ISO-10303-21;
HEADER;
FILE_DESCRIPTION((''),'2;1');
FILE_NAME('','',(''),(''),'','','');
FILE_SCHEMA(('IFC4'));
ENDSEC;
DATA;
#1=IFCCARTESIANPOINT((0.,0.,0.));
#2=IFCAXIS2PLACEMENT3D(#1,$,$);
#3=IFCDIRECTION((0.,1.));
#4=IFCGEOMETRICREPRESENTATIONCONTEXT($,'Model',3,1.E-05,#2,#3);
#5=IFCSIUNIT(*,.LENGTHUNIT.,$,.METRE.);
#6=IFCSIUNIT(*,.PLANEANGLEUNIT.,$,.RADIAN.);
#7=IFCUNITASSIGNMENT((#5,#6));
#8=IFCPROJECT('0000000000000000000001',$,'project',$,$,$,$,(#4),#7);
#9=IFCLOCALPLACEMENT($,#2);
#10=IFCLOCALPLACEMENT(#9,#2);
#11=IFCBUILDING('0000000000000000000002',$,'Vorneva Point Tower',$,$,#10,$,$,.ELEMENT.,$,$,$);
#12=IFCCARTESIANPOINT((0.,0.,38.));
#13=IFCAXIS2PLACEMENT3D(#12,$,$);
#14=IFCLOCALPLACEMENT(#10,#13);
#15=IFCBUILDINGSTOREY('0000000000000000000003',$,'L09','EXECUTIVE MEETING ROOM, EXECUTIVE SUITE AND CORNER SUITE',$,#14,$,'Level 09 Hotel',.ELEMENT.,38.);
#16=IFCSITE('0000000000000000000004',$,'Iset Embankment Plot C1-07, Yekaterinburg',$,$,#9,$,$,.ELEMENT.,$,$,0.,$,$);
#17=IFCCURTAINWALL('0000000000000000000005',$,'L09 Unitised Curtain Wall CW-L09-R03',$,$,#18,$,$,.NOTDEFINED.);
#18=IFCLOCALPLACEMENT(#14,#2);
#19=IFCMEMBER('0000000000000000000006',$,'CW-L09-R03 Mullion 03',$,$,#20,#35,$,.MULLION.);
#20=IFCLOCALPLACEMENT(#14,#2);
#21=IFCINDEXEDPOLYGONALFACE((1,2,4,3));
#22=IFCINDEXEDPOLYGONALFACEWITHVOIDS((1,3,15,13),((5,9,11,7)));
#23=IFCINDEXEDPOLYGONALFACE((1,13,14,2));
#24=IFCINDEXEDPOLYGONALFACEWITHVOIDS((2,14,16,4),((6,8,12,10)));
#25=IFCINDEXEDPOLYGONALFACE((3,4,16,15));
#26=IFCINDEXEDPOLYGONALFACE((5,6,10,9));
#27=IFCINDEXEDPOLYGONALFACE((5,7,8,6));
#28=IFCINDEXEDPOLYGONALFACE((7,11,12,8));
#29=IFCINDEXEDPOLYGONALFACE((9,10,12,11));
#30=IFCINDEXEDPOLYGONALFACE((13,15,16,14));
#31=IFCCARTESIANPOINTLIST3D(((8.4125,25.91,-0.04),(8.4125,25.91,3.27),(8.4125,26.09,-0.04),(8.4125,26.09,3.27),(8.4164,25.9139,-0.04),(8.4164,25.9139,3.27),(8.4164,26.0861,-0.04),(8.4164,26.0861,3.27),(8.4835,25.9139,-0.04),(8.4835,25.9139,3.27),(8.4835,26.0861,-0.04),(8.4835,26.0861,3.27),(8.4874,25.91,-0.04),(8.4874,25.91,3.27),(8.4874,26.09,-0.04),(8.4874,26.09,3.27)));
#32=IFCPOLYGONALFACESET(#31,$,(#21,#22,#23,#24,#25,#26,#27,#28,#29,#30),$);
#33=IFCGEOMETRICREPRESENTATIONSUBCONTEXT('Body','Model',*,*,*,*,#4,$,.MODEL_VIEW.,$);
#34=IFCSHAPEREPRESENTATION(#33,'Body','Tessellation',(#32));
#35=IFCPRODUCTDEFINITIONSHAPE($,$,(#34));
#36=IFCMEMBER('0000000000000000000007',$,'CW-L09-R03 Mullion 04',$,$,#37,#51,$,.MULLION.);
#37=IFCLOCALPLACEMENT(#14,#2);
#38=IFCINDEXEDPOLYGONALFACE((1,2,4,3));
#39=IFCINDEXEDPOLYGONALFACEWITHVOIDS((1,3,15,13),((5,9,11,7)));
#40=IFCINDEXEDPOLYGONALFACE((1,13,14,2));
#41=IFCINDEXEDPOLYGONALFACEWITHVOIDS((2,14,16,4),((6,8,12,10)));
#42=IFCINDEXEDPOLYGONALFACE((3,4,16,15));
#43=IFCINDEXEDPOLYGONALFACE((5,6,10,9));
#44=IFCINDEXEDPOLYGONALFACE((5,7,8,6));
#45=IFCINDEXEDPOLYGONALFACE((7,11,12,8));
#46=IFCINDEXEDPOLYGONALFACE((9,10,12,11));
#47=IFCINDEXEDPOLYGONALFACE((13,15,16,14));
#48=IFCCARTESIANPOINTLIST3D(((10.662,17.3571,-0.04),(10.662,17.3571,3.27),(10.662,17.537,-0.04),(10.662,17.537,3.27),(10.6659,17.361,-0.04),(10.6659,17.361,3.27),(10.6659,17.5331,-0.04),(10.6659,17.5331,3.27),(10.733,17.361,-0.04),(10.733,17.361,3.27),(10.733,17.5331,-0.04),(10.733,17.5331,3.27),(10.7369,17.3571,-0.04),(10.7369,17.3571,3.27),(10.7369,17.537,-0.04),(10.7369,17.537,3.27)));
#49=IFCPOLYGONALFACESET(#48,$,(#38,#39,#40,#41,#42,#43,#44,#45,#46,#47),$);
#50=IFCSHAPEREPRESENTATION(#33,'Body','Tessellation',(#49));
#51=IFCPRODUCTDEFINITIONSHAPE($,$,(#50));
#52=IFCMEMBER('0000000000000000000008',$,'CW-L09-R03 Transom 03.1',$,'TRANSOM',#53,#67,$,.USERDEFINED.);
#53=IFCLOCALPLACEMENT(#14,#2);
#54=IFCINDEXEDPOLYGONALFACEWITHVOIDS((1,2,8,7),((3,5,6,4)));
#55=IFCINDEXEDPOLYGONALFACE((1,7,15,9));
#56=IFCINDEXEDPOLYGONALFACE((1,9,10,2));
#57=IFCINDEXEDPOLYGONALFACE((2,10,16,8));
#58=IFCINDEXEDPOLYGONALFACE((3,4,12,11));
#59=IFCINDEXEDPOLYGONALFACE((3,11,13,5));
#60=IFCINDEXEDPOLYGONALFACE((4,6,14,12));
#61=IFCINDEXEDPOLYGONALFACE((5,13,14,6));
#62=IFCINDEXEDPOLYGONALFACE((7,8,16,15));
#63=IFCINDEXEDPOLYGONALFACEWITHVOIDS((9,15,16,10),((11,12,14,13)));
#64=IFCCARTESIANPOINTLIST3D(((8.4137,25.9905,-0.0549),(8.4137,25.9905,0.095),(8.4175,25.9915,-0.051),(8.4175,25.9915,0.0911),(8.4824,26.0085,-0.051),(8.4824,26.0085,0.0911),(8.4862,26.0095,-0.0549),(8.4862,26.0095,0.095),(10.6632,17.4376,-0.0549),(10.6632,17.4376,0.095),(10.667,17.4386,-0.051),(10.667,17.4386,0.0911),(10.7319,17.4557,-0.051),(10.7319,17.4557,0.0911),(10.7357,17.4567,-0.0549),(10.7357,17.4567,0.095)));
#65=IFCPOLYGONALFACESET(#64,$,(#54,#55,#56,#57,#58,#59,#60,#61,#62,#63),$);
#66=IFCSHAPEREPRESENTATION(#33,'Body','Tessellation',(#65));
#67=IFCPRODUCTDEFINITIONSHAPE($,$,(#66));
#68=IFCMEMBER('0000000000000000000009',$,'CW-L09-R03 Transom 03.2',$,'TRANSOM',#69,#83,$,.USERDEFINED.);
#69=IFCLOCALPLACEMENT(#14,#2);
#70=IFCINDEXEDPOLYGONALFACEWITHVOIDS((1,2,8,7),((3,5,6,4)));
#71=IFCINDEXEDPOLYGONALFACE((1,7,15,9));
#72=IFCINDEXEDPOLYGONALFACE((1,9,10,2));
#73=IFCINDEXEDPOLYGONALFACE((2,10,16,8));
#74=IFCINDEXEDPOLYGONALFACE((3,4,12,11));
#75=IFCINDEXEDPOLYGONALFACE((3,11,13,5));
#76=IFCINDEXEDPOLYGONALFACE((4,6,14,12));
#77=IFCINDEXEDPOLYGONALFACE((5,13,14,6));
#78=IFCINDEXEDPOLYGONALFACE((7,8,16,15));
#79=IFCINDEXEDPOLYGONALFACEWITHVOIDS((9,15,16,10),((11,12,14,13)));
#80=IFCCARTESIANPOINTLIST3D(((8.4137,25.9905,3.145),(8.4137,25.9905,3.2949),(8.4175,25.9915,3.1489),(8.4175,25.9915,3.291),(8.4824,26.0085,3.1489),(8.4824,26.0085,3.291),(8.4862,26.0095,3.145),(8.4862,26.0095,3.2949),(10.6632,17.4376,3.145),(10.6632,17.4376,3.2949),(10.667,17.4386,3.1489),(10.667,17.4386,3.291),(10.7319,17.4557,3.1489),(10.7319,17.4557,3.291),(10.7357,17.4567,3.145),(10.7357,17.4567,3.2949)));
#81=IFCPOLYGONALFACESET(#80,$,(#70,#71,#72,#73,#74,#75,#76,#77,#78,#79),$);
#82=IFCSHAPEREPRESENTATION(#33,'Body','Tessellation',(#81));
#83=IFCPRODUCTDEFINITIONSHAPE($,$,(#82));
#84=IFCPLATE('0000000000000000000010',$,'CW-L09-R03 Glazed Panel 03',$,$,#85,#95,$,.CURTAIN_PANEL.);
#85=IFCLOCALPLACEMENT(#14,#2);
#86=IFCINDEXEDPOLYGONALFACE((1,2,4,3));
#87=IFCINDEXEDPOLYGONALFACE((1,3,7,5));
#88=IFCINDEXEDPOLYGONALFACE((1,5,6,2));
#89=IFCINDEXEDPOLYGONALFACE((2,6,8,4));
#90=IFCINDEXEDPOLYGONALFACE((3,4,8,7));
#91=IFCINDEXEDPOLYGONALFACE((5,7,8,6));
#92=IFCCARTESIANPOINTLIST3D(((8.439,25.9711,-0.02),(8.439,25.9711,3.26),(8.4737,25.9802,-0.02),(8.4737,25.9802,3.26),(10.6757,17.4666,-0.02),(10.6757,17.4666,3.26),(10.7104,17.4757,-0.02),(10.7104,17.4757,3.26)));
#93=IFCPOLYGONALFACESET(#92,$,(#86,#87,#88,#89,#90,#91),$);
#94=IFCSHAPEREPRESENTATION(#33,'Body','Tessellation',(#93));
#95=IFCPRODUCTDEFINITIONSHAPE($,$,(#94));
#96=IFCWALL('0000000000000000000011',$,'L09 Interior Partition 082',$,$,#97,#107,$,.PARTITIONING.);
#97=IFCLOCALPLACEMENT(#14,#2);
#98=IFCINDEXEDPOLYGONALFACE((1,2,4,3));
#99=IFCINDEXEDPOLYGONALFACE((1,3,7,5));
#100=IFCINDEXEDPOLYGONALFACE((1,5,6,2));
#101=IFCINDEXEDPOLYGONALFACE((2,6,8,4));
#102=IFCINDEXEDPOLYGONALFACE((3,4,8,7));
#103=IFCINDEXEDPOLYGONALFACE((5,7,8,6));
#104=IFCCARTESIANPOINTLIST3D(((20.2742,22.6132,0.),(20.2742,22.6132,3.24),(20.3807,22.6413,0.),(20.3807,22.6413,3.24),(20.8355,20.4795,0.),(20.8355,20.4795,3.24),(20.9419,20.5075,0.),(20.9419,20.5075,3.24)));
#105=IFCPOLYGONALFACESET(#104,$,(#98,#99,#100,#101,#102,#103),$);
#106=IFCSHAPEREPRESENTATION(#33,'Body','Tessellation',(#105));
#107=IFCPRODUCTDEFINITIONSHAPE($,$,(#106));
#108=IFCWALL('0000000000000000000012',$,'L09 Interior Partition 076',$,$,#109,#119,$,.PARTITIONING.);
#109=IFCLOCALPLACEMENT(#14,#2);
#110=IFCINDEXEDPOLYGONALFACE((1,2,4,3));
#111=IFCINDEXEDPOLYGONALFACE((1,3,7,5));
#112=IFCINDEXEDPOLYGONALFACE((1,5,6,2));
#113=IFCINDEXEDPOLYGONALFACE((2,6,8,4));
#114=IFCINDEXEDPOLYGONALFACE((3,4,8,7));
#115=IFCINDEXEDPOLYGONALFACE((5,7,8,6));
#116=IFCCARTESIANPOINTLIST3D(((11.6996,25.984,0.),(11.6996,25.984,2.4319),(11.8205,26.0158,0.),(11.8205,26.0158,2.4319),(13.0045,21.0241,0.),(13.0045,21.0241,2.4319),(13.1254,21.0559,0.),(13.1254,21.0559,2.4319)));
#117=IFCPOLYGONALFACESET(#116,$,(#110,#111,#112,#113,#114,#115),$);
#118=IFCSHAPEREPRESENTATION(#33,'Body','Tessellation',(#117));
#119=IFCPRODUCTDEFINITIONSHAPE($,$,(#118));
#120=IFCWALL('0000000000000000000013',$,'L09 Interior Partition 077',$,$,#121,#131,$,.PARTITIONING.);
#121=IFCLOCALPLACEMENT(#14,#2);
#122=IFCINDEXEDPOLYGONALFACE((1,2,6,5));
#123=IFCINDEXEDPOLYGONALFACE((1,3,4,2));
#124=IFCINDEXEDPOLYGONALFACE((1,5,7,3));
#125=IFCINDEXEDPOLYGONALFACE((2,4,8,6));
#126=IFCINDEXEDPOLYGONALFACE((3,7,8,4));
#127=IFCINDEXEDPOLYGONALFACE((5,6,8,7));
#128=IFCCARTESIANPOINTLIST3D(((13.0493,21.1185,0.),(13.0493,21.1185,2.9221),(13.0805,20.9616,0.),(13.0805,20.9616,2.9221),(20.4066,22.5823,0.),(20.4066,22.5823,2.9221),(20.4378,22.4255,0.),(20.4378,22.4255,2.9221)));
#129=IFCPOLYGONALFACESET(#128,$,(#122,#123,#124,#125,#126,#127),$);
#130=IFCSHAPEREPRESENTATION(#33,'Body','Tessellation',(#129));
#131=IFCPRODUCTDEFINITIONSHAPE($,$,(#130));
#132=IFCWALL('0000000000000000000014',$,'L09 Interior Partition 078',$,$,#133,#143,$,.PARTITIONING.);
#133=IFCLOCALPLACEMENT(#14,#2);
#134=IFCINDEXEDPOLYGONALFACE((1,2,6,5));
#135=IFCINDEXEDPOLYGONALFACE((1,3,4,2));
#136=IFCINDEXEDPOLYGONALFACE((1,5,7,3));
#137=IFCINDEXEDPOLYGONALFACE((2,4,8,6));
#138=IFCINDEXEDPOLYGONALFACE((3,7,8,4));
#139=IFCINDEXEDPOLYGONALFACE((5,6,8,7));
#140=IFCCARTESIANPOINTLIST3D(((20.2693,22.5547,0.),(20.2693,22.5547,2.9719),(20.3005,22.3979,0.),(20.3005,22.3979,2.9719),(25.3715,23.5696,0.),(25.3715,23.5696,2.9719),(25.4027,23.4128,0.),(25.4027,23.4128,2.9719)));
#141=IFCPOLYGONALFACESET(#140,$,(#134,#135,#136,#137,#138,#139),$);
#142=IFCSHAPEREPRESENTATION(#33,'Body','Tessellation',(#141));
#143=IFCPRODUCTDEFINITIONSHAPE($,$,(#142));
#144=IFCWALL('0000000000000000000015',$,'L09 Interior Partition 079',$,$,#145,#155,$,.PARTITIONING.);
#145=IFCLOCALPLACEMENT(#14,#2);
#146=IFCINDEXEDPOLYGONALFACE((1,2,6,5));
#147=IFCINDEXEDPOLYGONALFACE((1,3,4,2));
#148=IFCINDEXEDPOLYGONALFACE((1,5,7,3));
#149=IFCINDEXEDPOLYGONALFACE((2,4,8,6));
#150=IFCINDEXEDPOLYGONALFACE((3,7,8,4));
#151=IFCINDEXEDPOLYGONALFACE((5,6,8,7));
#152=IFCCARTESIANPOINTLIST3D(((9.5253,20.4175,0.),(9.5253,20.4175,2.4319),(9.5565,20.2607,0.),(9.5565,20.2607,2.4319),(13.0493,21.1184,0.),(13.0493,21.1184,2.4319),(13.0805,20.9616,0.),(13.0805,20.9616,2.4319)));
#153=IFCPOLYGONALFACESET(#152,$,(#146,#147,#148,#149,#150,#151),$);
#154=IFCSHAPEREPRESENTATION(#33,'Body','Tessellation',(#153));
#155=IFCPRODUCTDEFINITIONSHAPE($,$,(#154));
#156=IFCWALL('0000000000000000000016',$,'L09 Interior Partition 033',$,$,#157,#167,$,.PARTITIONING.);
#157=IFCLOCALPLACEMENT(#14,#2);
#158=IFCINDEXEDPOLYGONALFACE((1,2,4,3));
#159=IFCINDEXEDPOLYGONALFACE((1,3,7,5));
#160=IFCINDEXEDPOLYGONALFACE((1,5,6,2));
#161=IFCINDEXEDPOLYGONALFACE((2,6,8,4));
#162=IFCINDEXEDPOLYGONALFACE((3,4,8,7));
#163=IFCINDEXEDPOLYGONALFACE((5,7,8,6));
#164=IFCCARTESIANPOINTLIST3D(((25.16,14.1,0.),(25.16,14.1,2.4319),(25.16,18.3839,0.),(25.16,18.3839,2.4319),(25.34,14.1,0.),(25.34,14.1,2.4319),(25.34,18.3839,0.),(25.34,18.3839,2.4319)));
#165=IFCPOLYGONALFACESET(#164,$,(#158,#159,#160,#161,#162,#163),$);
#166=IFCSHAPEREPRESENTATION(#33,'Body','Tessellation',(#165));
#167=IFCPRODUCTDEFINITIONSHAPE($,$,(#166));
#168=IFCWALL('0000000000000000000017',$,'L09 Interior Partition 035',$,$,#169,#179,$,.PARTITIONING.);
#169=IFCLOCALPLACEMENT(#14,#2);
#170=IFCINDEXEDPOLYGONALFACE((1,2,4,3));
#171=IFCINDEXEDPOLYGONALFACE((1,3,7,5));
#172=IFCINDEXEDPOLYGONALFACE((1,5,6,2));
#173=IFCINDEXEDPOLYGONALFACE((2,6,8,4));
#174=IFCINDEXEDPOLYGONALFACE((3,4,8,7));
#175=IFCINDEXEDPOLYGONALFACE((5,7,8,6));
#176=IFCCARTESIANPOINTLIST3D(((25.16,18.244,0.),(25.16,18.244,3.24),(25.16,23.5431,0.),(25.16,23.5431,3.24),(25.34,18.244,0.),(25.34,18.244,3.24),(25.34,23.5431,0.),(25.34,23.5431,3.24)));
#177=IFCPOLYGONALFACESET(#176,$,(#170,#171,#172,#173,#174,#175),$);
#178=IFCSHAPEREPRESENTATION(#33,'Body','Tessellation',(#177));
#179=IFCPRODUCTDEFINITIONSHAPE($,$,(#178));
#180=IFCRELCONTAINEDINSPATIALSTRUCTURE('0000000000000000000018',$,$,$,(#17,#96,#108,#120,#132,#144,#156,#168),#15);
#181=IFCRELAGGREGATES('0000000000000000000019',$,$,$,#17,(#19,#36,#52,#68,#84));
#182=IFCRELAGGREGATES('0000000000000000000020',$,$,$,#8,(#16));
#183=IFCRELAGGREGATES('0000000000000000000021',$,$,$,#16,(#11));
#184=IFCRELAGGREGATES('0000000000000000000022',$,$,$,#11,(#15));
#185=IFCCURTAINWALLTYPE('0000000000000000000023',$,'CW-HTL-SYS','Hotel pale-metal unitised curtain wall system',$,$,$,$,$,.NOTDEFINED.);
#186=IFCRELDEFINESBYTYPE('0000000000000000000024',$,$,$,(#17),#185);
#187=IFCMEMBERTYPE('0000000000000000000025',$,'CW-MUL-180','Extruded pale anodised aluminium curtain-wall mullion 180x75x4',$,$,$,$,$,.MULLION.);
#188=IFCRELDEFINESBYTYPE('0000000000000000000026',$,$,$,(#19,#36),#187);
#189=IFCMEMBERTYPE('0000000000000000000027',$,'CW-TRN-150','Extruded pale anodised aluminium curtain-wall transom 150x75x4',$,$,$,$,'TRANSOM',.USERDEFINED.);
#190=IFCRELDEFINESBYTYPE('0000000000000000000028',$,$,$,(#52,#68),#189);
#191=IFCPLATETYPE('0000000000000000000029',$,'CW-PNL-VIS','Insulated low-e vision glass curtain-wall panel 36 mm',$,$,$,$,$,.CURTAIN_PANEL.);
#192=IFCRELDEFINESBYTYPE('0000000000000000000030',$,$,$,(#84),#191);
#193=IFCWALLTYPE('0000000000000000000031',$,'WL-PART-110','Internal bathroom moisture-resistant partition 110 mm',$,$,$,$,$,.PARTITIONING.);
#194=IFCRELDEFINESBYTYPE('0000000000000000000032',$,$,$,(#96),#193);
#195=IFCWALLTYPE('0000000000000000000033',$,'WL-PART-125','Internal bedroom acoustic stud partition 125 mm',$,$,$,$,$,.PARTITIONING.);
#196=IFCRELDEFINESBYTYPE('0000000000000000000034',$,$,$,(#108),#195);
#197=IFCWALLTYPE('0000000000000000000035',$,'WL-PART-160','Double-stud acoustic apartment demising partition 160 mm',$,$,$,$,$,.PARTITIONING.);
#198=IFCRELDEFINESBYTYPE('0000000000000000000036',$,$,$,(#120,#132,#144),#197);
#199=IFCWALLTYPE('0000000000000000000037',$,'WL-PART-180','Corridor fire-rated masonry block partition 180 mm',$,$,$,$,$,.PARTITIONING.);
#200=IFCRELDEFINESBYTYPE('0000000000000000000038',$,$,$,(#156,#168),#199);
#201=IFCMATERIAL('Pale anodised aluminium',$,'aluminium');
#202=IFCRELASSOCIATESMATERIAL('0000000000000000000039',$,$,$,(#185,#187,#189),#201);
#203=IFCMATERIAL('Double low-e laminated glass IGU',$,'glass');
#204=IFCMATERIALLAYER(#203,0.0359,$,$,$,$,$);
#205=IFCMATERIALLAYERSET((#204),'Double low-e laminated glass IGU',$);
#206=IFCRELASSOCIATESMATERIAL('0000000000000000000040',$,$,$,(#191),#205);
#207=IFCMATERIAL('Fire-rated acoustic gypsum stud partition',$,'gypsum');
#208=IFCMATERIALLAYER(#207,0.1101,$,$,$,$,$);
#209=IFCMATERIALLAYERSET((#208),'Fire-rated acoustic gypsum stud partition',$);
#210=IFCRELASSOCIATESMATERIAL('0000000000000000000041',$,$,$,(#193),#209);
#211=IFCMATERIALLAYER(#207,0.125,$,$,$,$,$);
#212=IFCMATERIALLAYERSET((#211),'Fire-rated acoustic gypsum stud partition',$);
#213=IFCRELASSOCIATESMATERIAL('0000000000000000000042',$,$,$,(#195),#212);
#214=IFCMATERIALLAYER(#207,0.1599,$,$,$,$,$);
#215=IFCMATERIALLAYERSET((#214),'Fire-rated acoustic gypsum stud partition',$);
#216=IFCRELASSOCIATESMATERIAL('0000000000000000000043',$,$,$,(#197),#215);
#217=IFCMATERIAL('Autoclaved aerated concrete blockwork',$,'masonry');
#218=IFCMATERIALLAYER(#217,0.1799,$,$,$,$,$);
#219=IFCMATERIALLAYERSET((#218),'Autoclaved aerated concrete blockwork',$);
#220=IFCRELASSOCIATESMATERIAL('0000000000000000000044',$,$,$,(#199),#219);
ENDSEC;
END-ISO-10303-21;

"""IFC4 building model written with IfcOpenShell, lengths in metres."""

from ifc_helpers import new_model, si_unit, direction, frame, frame_2d, origin, origin_2d, place, context, subcontext, project, spatial, rectangle, hollow_rectangle, extrude, material, layer, layer_set, material_profile, profile_set, type_object, element, aggregate, save


model = new_model("IFC4")

# Units and contexts
model_context = context("Model", 3, precision=1e-05, world=origin(), true_north=direction((0.0, 1.0)))
body_context = subcontext(model_context, "Body", "Model", "MODEL_VIEW")
ifc_project = project(units=[si_unit("LENGTHUNIT", "METRE"), si_unit("PLANEANGLEUNIT", "RADIAN")], contexts=[model_context])

# Site, building, storey
site_placement = place(None, origin())
site = spatial("IfcSite", under=ifc_project, at=site_placement, Name="Iset Embankment Plot C1-07, Yekaterinburg", CompositionType="ELEMENT", RefElevation=0.0)
building_placement = place(site_placement, origin())
building = spatial("IfcBuilding", under=site, at=building_placement, Name="Vorneva Point Tower", CompositionType="ELEMENT")
storey_placement = place(building_placement, frame((0.0, 0.0, 38.0)))
storey = spatial("IfcBuildingStorey", under=building, at=storey_placement, Name="L09", Description="EXECUTIVE MEETING ROOM, EXECUTIVE SUITE AND CORNER SUITE", LongName="Level 09 Hotel", CompositionType="ELEMENT", Elevation=38.0)

# Curtain wall, members, plate
ifc_material_1 = material(Name="Pale anodised aluminium", Category="aluminium")
curtain_wall_type = type_object("IfcCurtainWallType", Name="CW-HTL-SYS", Description="Hotel pale-metal unitised curtain wall system", PredefinedType="NOTDEFINED", material=ifc_material_1)
curtain_wall_placement = place(storey_placement, origin())
curtain_wall = element("IfcCurtainWall", 1, at=curtain_wall_placement, inside=storey, type_object=curtain_wall_type, Name="L09 Unitised Curtain Wall CW-L09-R03", PredefinedType="NOTDEFINED")
ifc_material_profile_1 = material_profile(ifc_material_1, hollow_rectangle(XDim=0.075, YDim=0.1799, WallThickness=0.0039, at=origin_2d()), Name="AL-MUL 180x75x4")
ifc_profile_set_1 = profile_set([ifc_material_profile_1], Name="Pale anodised aluminium")
member_type_1 = type_object("IfcMemberType", Name="CW-MUL-180", Description="Extruded pale anodised aluminium curtain-wall mullion 180x75x4", PredefinedType="MULLION", material=ifc_profile_set_1)
member_1_placement = place(storey_placement, frame((8.45, 26.0, -0.04), z_axis=(0.0, 0.0, 1.0), x_axis=(1.0, 0.0, 0.0)))
member_1 = element("IfcMember", 2, at=member_1_placement, type_object=member_type_1, Name="CW-L09-R03 Mullion 03", PredefinedType="MULLION", context=body_context, shape_type="SweptSolid", body=[
    extrude(hollow_rectangle(XDim=0.075, YDim=0.1799, WallThickness=0.0039, at=origin_2d()), origin(), (0.0, 0.0, 1.0), 3.3101),
])
member_2_placement = place(storey_placement, frame((10.6995, 17.447, -0.04), z_axis=(0.0, 0.0, 1.0), x_axis=(1.0, 0.0, 0.0)))
member_2 = element("IfcMember", 3, at=member_2_placement, type_object=member_type_1, Name="CW-L09-R03 Mullion 04", PredefinedType="MULLION", context=body_context, shape_type="SweptSolid", body=[
    extrude(hollow_rectangle(XDim=0.075, YDim=0.1799, WallThickness=0.0039, at=origin_2d()), origin(), (0.0, 0.0, 1.0), 3.3101),
])
ifc_material_profile_2 = material_profile(ifc_material_1, hollow_rectangle(XDim=0.075, YDim=0.1499, WallThickness=0.0039, at=origin_2d()), Name="AL-TRN 150x75x4")
ifc_profile_set_2 = profile_set([ifc_material_profile_2], Name="Pale anodised aluminium")
member_type_2 = type_object("IfcMemberType", Name="CW-TRN-150", Description="Extruded pale anodised aluminium curtain-wall transom 150x75x4", ElementType="TRANSOM", PredefinedType="USERDEFINED", material=ifc_profile_set_2)
member_3_placement = place(storey_placement, frame((8.45, 26.0, 0.02), z_axis=(0.254359, -0.96711, 0.0), x_axis=(0.96711, 0.254359, 0.0)))
member_3 = element("IfcMember", 4, at=member_3_placement, type_object=member_type_2, Name="CW-L09-R03 Transom 03.1", ObjectType="TRANSOM", PredefinedType="USERDEFINED", context=body_context, shape_type="SweptSolid", body=[
    extrude(hollow_rectangle(XDim=0.075, YDim=0.1499, WallThickness=0.0039, at=origin_2d()), origin(), (0.0, 0.0, 1.0), 8.8438),
])
member_4_placement = place(storey_placement, frame((8.45, 26.0, 3.22), z_axis=(0.254359, -0.96711, 0.0), x_axis=(0.96711, 0.254359, 0.0)))
member_4 = element("IfcMember", 5, at=member_4_placement, type_object=member_type_2, Name="CW-L09-R03 Transom 03.2", ObjectType="TRANSOM", PredefinedType="USERDEFINED", context=body_context, shape_type="SweptSolid", body=[
    extrude(hollow_rectangle(XDim=0.075, YDim=0.1499, WallThickness=0.0039, at=origin_2d()), origin(), (0.0, 0.0, 1.0), 8.8438),
])
ifc_material_2 = material(Name="Double low-e laminated glass IGU", Category="glass")
ifc_layer_1 = layer(ifc_material_2, 0.0359)
ifc_layer_set_1 = layer_set([ifc_layer_1], Name="Double low-e laminated glass IGU")
plate_type = type_object("IfcPlateType", Name="CW-PNL-VIS", Description="Insulated low-e vision glass curtain-wall panel 36 mm", PredefinedType="CURTAIN_PANEL", material=ifc_layer_set_1)
plate_placement = place(storey_placement, frame((9.5747, 21.7234, -0.02), z_axis=(0.0, 0.0, 1.0), x_axis=(0.254349, -0.967113, 0.0)))
plate = element("IfcPlate", 6, at=plate_placement, type_object=plate_type, Name="CW-L09-R03 Glazed Panel 03", PredefinedType="CURTAIN_PANEL", context=body_context, shape_type="SweptSolid", body=[
    extrude(rectangle(XDim=8.7937, YDim=0.0359, at=origin_2d()), origin(), (0.0, 0.0, 1.0), 3.28),
])
aggregate(curtain_wall, [member_1, member_2, member_3, member_4, plate])

# Walls
ifc_material_3 = material(Name="Fire-rated acoustic gypsum stud partition", Category="gypsum")
ifc_layer_2 = layer(ifc_material_3, 0.1101)
ifc_layer_set_2 = layer_set([ifc_layer_2], Name="Fire-rated acoustic gypsum stud partition")
wall_type_1 = type_object("IfcWallType", Name="WL-PART-110", Description="Internal bathroom moisture-resistant partition 110 mm", PredefinedType="PARTITIONING", material=ifc_layer_set_2)
wall_1_placement = place(storey_placement, frame((20.8887, 20.4937, 0.0), z_axis=(0.0, 0.0, 1.0), x_axis=(-0.25439, 0.967102, 0.0)))
element("IfcWall", 7, at=wall_1_placement, inside=storey, type_object=wall_type_1, Name="L09 Interior Partition 082", PredefinedType="PARTITIONING", context=body_context, shape_type="SweptSolid", body=[
    extrude(rectangle(XDim=2.2063, YDim=0.1101, at=frame_2d((1.103, 0.0))), origin(), (0.0, 0.0, 1.0), 3.24),
])
ifc_layer_3 = layer(ifc_material_3, 0.125)
ifc_layer_set_3 = layer_set([ifc_layer_3], Name="Fire-rated acoustic gypsum stud partition")
wall_type_2 = type_object("IfcWallType", Name="WL-PART-125", Description="Internal bedroom acoustic stud partition 125 mm", PredefinedType="PARTITIONING", material=ifc_layer_set_3)
wall_2_placement = place(storey_placement, frame((11.76, 26.0, 0.0), z_axis=(0.0, 0.0, 1.0), x_axis=(0.254435, -0.96709, 0.0)))
element("IfcWall", 8, at=wall_2_placement, inside=storey, type_object=wall_type_2, Name="L09 Interior Partition 076", PredefinedType="PARTITIONING", context=body_context, shape_type="SweptSolid", body=[
    extrude(rectangle(XDim=5.1287, YDim=0.125, at=frame_2d((2.5645, 0.0))), origin(), (0.0, 0.0, 1.0), 2.4319),
])
ifc_layer_4 = layer(ifc_material_3, 0.1599)
ifc_layer_set_4 = layer_set([ifc_layer_4], Name="Fire-rated acoustic gypsum stud partition")
wall_type_3 = type_object("IfcWallType", Name="WL-PART-160", Description="Double-stud acoustic apartment demising partition 160 mm", PredefinedType="PARTITIONING", material=ifc_layer_set_4)
wall_3_placement = place(storey_placement, frame((13.0649, 21.04, 0.0), z_axis=(0.0, 0.0, 1.0), x_axis=(0.980774, 0.195146, 0.0)))
element("IfcWall", 9, at=wall_3_placement, inside=storey, type_object=wall_type_3, Name="L09 Interior Partition 077", PredefinedType="PARTITIONING", context=body_context, shape_type="SweptSolid", body=[
    extrude(rectangle(XDim=7.5015, YDim=0.1599, at=frame_2d((3.7507, 0.0))), origin(), (0.0, 0.0, 1.0), 2.9221),
])
wall_4_placement = place(storey_placement, frame((20.2849, 22.4763, 0.0), z_axis=(0.0, 0.0, 1.0), x_axis=(0.980786, 0.195087, 0.0)))
element("IfcWall", 10, at=wall_4_placement, inside=storey, type_object=wall_type_3, Name="L09 Interior Partition 078", PredefinedType="PARTITIONING", context=body_context, shape_type="SweptSolid", body=[
    extrude(rectangle(XDim=5.2021, YDim=0.1599, at=frame_2d((2.6011, 0.0))), origin(), (0.0, 0.0, 1.0), 2.9719),
])
wall_5_placement = place(storey_placement, frame((9.541, 20.3391, 0.0), z_axis=(0.0, 0.0, 1.0), x_axis=(0.980787, 0.195084, 0.0)))
element("IfcWall", 11, at=wall_5_placement, inside=storey, type_object=wall_type_3, Name="L09 Interior Partition 079", PredefinedType="PARTITIONING", context=body_context, shape_type="SweptSolid", body=[
    extrude(rectangle(XDim=3.593, YDim=0.1599, at=frame_2d((1.7964, 0.0))), origin(), (0.0, 0.0, 1.0), 2.4319),
])
ifc_material_4 = material(Name="Autoclaved aerated concrete blockwork", Category="masonry")
ifc_layer_5 = layer(ifc_material_4, 0.1799)
ifc_layer_set_5 = layer_set([ifc_layer_5], Name="Autoclaved aerated concrete blockwork")
wall_type_4 = type_object("IfcWallType", Name="WL-PART-180", Description="Corridor fire-rated masonry block partition 180 mm", PredefinedType="PARTITIONING", material=ifc_layer_set_5)
wall_6_placement = place(storey_placement, frame((25.25, 18.384, 0.0), z_axis=(0.0, 0.0, 1.0), x_axis=(0.0, -1.0, 0.0)))
element("IfcWall", 12, at=wall_6_placement, inside=storey, type_object=wall_type_4, Name="L09 Interior Partition 033", PredefinedType="PARTITIONING", context=body_context, shape_type="SweptSolid", body=[
    extrude(rectangle(XDim=4.2839, YDim=0.1799, at=frame_2d((2.1421, 0.0))), origin(), (0.0, 0.0, 1.0), 2.4319),
])
wall_7_placement = place(storey_placement, frame((25.25, 23.543, 0.0), z_axis=(0.0, 0.0, 1.0), x_axis=(0.0, -1.0, 0.0)))
element("IfcWall", 13, at=wall_7_placement, inside=storey, type_object=wall_type_4, Name="L09 Interior Partition 035", PredefinedType="PARTITIONING", context=body_context, shape_type="SweptSolid", body=[
    extrude(rectangle(XDim=5.2991, YDim=0.1799, at=frame_2d((2.6494, 0.0))), origin(), (0.0, 0.0, 1.0), 3.24),
])

save(model, "model.ifc")
